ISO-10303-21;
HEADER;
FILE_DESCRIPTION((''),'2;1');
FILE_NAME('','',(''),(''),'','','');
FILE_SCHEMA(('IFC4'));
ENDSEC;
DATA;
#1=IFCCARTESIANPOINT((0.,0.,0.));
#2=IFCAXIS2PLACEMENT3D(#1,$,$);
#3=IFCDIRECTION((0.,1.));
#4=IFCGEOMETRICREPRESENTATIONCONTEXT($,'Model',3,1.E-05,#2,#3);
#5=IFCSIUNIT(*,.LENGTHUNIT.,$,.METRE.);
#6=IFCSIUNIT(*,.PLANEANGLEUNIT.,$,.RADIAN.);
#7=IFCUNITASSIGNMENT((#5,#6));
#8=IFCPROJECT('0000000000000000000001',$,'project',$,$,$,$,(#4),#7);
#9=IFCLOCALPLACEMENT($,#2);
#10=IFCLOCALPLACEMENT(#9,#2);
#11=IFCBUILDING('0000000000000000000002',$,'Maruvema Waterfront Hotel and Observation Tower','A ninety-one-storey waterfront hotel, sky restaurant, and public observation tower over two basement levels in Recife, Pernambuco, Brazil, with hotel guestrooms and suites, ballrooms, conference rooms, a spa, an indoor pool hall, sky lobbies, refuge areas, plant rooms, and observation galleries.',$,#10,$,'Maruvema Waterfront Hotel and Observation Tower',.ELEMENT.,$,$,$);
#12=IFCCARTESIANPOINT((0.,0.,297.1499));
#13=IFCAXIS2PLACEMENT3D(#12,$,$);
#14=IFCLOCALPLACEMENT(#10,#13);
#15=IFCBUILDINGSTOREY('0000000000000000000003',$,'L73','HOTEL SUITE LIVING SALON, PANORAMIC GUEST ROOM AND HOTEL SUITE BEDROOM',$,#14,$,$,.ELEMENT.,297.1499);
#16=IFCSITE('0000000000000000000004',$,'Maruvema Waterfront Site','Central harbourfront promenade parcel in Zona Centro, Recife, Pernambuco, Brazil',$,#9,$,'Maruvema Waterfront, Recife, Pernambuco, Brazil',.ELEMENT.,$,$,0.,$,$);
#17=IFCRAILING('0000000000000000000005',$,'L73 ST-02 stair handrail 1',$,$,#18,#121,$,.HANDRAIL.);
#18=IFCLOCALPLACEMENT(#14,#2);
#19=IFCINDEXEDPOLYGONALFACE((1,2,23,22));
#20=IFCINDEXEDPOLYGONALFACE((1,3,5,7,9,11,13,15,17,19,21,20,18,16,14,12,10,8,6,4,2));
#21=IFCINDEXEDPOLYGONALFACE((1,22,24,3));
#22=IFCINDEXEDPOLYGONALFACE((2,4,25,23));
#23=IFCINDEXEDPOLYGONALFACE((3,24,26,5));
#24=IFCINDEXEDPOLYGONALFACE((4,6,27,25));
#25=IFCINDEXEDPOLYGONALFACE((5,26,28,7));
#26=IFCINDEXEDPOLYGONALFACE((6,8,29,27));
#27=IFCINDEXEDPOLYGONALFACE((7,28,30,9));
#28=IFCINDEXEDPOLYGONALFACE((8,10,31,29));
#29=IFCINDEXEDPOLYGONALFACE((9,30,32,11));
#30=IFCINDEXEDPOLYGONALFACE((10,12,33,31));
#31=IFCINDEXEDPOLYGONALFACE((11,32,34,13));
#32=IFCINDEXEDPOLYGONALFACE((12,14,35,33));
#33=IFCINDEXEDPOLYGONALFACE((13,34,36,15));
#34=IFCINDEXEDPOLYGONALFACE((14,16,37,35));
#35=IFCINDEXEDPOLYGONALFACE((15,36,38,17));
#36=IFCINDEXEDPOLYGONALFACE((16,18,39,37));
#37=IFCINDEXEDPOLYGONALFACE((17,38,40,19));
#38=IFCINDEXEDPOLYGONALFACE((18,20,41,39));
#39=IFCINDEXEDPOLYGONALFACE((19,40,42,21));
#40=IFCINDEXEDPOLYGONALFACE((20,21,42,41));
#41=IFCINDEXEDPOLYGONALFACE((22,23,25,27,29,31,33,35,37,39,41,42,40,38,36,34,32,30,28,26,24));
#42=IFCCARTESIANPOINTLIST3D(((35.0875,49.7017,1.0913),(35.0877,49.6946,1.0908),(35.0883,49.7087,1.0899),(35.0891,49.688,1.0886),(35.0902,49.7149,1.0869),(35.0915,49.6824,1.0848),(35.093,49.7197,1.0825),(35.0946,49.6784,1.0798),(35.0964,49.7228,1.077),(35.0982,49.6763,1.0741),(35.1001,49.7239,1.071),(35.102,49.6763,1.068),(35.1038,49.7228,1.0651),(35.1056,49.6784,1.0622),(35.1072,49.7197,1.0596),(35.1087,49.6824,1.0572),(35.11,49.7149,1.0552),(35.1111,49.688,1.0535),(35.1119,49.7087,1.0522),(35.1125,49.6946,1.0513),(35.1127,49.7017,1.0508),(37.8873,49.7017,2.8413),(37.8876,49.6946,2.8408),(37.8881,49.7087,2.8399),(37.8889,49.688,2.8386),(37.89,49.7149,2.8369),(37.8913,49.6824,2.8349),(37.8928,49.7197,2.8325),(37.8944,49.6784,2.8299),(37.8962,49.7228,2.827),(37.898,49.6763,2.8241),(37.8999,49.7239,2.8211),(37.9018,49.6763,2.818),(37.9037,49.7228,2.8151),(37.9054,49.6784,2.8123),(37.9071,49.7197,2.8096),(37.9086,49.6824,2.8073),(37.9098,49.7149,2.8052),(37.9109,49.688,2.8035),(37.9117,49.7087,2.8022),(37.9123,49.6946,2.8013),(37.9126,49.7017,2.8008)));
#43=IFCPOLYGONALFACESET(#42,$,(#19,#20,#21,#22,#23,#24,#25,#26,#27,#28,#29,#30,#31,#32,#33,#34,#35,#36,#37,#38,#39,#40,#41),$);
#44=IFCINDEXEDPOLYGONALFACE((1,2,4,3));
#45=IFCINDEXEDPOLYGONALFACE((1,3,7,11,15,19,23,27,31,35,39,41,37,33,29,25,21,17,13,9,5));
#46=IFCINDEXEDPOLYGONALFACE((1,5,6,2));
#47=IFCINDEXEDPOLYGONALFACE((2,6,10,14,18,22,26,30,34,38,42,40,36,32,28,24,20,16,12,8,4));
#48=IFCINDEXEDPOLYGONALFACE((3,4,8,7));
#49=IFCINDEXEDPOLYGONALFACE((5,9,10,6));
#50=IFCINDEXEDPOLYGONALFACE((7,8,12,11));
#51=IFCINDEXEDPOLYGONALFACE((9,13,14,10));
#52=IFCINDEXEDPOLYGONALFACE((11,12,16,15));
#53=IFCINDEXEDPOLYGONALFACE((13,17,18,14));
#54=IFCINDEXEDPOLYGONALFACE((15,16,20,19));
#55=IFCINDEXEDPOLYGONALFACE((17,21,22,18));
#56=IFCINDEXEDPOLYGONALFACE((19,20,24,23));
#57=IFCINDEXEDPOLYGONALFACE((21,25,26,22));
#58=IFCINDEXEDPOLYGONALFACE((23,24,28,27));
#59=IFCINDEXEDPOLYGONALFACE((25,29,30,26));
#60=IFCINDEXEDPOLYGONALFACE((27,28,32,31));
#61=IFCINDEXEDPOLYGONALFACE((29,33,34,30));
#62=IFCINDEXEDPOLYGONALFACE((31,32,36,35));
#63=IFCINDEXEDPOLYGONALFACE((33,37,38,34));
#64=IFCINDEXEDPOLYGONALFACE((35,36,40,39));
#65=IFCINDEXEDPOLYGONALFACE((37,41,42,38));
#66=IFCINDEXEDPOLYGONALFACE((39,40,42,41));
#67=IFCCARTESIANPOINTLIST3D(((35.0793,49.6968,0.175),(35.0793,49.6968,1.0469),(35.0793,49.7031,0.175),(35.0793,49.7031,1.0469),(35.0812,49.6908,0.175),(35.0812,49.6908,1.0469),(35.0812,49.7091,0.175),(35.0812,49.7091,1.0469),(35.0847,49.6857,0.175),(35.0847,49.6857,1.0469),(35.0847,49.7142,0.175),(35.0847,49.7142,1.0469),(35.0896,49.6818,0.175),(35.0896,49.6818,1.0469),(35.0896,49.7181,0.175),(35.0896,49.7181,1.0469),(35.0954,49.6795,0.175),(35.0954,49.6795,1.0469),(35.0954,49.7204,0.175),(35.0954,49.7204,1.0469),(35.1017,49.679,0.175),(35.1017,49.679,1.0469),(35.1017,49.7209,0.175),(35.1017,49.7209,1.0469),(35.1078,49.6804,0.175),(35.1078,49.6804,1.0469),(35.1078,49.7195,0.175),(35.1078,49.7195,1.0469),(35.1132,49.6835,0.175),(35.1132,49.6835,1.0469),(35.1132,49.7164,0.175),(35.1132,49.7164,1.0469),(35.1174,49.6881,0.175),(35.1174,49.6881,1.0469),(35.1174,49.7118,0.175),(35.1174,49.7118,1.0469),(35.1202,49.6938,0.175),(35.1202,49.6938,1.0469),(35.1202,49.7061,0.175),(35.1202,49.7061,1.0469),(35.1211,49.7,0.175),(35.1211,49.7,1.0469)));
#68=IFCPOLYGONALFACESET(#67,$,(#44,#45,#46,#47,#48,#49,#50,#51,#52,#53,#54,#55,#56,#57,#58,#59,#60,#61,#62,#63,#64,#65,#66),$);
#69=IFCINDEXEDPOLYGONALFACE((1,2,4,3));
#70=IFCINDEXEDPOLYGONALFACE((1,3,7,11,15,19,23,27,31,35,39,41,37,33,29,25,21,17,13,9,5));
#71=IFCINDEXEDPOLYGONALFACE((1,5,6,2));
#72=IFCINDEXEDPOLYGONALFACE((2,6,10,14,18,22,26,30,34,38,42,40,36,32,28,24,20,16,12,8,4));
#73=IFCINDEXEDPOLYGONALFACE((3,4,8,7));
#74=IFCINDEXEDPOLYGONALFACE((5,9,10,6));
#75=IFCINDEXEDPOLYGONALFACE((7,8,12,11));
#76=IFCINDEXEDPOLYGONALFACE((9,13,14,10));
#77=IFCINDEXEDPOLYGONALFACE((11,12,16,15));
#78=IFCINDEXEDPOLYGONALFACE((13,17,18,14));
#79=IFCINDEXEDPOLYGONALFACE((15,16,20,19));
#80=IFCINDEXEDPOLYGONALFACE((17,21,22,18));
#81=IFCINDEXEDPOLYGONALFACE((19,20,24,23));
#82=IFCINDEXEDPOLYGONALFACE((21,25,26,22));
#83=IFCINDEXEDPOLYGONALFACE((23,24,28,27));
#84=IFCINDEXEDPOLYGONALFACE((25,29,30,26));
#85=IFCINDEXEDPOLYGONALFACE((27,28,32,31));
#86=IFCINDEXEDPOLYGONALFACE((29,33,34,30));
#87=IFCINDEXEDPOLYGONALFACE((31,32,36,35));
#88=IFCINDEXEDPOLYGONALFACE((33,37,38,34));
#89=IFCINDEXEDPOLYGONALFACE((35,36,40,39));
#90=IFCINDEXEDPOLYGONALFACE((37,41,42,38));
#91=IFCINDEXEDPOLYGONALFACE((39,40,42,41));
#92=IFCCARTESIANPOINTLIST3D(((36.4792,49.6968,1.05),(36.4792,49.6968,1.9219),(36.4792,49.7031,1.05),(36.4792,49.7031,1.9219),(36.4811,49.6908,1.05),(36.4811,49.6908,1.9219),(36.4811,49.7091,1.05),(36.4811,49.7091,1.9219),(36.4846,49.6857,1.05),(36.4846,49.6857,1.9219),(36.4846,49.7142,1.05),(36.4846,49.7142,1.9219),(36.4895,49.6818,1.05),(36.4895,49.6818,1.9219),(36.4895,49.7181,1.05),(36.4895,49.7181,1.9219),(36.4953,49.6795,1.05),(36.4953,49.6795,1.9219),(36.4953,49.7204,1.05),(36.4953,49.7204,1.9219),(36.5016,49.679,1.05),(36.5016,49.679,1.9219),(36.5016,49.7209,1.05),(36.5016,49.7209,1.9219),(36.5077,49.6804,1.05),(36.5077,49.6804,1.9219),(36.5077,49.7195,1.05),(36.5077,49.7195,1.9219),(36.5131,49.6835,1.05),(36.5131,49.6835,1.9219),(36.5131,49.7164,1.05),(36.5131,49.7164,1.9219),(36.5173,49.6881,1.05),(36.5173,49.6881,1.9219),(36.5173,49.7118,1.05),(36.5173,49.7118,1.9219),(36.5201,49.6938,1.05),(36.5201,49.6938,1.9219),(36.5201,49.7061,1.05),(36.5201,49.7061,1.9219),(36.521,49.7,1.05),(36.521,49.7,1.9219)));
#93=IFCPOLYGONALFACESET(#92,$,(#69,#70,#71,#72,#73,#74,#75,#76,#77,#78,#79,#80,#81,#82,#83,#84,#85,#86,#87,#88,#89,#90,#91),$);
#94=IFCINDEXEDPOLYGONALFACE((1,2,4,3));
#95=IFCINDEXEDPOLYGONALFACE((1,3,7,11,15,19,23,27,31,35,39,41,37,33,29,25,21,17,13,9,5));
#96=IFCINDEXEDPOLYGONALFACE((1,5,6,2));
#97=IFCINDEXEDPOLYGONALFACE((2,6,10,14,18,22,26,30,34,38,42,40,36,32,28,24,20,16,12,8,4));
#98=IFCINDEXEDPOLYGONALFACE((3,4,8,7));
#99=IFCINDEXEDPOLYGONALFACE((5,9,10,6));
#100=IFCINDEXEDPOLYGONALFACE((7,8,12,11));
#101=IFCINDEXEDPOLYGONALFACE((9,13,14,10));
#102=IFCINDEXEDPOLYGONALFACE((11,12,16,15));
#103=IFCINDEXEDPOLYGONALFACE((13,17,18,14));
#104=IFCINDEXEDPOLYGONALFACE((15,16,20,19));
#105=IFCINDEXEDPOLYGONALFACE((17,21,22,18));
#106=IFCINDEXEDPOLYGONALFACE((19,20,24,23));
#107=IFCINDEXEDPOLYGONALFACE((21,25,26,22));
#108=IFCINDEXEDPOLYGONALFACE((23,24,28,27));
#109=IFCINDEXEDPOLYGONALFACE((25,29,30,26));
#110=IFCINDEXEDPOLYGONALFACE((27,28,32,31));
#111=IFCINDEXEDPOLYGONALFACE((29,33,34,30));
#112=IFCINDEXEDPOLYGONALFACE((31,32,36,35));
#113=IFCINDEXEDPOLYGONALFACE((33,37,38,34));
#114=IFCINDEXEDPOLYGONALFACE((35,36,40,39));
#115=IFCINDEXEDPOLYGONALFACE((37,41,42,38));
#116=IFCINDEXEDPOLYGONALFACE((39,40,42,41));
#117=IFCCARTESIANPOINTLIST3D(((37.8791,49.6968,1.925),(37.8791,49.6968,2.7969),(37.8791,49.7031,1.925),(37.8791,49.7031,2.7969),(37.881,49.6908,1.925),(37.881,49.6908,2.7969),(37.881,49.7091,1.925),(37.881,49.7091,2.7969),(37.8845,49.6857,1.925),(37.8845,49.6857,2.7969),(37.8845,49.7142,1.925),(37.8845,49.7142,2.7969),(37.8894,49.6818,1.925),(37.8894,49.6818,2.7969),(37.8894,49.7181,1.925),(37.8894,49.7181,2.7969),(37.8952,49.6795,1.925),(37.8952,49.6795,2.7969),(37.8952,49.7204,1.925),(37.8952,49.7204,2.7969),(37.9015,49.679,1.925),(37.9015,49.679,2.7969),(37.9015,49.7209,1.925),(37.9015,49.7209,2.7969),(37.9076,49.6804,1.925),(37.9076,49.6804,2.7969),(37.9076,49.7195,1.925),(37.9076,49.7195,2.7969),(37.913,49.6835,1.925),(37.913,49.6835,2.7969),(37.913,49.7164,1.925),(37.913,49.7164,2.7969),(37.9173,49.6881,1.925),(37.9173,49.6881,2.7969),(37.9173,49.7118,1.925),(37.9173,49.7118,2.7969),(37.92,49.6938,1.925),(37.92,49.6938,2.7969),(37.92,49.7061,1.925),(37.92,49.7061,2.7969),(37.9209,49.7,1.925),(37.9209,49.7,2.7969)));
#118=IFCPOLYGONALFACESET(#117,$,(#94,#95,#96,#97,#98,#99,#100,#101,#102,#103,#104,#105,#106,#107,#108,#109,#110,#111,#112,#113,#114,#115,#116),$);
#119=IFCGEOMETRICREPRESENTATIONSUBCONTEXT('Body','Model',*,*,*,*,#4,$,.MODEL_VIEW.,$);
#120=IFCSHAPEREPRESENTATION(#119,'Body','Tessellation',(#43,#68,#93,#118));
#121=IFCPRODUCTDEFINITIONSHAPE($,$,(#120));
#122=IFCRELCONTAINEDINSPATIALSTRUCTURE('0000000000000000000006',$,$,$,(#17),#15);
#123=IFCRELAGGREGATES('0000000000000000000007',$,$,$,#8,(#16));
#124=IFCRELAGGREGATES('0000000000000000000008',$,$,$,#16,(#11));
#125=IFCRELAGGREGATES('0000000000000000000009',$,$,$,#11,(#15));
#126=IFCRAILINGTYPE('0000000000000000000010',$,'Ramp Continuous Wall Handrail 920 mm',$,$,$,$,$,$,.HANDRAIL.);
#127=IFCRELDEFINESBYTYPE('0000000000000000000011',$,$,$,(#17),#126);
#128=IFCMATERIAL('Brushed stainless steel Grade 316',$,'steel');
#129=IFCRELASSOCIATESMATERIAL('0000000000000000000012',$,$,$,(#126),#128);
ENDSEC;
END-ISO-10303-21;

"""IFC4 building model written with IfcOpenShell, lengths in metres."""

from ifc_helpers import new_model, si_unit, direction, frame, origin, origin_2d, place, context, subcontext, project, spatial, circle, extrude, material, type_object, element, save


model = new_model("IFC4")

# Units and contexts
model_context = context("Model", 3, precision=1e-05, world=origin(), true_north=direction((0.0, 1.0)))
body_context = subcontext(model_context, "Body", "Model", "MODEL_VIEW")
ifc_project = project(units=[si_unit("LENGTHUNIT", "METRE"), si_unit("PLANEANGLEUNIT", "RADIAN")], contexts=[model_context])

# Site, building, storey
site_placement = place(None, origin())
site = spatial("IfcSite", under=ifc_project, at=site_placement, Name="Maruvema Waterfront Site", Description="Central harbourfront promenade parcel in Zona Centro, Recife, Pernambuco, Brazil", LongName="Maruvema Waterfront, Recife, Pernambuco, Brazil", CompositionType="ELEMENT", RefElevation=0.0)
building_placement = place(site_placement, origin())
building = spatial("IfcBuilding", under=site, at=building_placement, Name="Maruvema Waterfront Hotel and Observation Tower", Description="A ninety-one-storey waterfront hotel, sky restaurant, and public observation tower over two basement levels in Recife, Pernambuco, Brazil, with hotel guestrooms and suites, ballrooms, conference rooms, a spa, an indoor pool hall, sky lobbies, refuge areas, plant rooms, and observation galleries.", LongName="Maruvema Waterfront Hotel and Observation Tower", CompositionType="ELEMENT")
storey_placement = place(building_placement, frame((0.0, 0.0, 297.1499)))
storey = spatial("IfcBuildingStorey", under=building, at=storey_placement, Name="L73", Description="HOTEL SUITE LIVING SALON, PANORAMIC GUEST ROOM AND HOTEL SUITE BEDROOM", CompositionType="ELEMENT", Elevation=297.1499)

# Railing
ifc_material_1 = material(Name="Brushed stainless steel Grade 316", Category="steel")
railing_type_1 = type_object("IfcRailingType", Name="Ramp Continuous Wall Handrail 920 mm", PredefinedType="HANDRAIL", material=ifc_material_1)
railing_1_placement = place(storey_placement, frame((35.1001, 49.7, 0.175)))
element("IfcRailing", 1, at=railing_1_placement, inside=storey, type_object=railing_type_1, Name="L73 ST-02 stair handrail 1", PredefinedType="HANDRAIL", context=body_context, shape_type="SweptSolid", body=[
    extrude(circle(Radius=0.0239, at=origin_2d()), frame((0.0, 0.0, 0.896), z_axis=(0.847982, 0.0, 0.530026), x_axis=(0.0, 1.0, 0.0)), (0.0, 0.0, 1.0), 3.3018),
    extrude(circle(Radius=0.021, at=origin_2d()), origin(), (0.0, 0.0, 1.0), 0.8718),
    extrude(circle(Radius=0.021, at=origin_2d()), frame((1.3999, 0.0, 0.875)), (0.0, 0.0, 1.0), 0.8718),
    extrude(circle(Radius=0.021, at=origin_2d()), frame((2.7998, 0.0, 1.75)), (0.0, 0.0, 1.0), 0.8718),
])

save(model, "model.ifc")
